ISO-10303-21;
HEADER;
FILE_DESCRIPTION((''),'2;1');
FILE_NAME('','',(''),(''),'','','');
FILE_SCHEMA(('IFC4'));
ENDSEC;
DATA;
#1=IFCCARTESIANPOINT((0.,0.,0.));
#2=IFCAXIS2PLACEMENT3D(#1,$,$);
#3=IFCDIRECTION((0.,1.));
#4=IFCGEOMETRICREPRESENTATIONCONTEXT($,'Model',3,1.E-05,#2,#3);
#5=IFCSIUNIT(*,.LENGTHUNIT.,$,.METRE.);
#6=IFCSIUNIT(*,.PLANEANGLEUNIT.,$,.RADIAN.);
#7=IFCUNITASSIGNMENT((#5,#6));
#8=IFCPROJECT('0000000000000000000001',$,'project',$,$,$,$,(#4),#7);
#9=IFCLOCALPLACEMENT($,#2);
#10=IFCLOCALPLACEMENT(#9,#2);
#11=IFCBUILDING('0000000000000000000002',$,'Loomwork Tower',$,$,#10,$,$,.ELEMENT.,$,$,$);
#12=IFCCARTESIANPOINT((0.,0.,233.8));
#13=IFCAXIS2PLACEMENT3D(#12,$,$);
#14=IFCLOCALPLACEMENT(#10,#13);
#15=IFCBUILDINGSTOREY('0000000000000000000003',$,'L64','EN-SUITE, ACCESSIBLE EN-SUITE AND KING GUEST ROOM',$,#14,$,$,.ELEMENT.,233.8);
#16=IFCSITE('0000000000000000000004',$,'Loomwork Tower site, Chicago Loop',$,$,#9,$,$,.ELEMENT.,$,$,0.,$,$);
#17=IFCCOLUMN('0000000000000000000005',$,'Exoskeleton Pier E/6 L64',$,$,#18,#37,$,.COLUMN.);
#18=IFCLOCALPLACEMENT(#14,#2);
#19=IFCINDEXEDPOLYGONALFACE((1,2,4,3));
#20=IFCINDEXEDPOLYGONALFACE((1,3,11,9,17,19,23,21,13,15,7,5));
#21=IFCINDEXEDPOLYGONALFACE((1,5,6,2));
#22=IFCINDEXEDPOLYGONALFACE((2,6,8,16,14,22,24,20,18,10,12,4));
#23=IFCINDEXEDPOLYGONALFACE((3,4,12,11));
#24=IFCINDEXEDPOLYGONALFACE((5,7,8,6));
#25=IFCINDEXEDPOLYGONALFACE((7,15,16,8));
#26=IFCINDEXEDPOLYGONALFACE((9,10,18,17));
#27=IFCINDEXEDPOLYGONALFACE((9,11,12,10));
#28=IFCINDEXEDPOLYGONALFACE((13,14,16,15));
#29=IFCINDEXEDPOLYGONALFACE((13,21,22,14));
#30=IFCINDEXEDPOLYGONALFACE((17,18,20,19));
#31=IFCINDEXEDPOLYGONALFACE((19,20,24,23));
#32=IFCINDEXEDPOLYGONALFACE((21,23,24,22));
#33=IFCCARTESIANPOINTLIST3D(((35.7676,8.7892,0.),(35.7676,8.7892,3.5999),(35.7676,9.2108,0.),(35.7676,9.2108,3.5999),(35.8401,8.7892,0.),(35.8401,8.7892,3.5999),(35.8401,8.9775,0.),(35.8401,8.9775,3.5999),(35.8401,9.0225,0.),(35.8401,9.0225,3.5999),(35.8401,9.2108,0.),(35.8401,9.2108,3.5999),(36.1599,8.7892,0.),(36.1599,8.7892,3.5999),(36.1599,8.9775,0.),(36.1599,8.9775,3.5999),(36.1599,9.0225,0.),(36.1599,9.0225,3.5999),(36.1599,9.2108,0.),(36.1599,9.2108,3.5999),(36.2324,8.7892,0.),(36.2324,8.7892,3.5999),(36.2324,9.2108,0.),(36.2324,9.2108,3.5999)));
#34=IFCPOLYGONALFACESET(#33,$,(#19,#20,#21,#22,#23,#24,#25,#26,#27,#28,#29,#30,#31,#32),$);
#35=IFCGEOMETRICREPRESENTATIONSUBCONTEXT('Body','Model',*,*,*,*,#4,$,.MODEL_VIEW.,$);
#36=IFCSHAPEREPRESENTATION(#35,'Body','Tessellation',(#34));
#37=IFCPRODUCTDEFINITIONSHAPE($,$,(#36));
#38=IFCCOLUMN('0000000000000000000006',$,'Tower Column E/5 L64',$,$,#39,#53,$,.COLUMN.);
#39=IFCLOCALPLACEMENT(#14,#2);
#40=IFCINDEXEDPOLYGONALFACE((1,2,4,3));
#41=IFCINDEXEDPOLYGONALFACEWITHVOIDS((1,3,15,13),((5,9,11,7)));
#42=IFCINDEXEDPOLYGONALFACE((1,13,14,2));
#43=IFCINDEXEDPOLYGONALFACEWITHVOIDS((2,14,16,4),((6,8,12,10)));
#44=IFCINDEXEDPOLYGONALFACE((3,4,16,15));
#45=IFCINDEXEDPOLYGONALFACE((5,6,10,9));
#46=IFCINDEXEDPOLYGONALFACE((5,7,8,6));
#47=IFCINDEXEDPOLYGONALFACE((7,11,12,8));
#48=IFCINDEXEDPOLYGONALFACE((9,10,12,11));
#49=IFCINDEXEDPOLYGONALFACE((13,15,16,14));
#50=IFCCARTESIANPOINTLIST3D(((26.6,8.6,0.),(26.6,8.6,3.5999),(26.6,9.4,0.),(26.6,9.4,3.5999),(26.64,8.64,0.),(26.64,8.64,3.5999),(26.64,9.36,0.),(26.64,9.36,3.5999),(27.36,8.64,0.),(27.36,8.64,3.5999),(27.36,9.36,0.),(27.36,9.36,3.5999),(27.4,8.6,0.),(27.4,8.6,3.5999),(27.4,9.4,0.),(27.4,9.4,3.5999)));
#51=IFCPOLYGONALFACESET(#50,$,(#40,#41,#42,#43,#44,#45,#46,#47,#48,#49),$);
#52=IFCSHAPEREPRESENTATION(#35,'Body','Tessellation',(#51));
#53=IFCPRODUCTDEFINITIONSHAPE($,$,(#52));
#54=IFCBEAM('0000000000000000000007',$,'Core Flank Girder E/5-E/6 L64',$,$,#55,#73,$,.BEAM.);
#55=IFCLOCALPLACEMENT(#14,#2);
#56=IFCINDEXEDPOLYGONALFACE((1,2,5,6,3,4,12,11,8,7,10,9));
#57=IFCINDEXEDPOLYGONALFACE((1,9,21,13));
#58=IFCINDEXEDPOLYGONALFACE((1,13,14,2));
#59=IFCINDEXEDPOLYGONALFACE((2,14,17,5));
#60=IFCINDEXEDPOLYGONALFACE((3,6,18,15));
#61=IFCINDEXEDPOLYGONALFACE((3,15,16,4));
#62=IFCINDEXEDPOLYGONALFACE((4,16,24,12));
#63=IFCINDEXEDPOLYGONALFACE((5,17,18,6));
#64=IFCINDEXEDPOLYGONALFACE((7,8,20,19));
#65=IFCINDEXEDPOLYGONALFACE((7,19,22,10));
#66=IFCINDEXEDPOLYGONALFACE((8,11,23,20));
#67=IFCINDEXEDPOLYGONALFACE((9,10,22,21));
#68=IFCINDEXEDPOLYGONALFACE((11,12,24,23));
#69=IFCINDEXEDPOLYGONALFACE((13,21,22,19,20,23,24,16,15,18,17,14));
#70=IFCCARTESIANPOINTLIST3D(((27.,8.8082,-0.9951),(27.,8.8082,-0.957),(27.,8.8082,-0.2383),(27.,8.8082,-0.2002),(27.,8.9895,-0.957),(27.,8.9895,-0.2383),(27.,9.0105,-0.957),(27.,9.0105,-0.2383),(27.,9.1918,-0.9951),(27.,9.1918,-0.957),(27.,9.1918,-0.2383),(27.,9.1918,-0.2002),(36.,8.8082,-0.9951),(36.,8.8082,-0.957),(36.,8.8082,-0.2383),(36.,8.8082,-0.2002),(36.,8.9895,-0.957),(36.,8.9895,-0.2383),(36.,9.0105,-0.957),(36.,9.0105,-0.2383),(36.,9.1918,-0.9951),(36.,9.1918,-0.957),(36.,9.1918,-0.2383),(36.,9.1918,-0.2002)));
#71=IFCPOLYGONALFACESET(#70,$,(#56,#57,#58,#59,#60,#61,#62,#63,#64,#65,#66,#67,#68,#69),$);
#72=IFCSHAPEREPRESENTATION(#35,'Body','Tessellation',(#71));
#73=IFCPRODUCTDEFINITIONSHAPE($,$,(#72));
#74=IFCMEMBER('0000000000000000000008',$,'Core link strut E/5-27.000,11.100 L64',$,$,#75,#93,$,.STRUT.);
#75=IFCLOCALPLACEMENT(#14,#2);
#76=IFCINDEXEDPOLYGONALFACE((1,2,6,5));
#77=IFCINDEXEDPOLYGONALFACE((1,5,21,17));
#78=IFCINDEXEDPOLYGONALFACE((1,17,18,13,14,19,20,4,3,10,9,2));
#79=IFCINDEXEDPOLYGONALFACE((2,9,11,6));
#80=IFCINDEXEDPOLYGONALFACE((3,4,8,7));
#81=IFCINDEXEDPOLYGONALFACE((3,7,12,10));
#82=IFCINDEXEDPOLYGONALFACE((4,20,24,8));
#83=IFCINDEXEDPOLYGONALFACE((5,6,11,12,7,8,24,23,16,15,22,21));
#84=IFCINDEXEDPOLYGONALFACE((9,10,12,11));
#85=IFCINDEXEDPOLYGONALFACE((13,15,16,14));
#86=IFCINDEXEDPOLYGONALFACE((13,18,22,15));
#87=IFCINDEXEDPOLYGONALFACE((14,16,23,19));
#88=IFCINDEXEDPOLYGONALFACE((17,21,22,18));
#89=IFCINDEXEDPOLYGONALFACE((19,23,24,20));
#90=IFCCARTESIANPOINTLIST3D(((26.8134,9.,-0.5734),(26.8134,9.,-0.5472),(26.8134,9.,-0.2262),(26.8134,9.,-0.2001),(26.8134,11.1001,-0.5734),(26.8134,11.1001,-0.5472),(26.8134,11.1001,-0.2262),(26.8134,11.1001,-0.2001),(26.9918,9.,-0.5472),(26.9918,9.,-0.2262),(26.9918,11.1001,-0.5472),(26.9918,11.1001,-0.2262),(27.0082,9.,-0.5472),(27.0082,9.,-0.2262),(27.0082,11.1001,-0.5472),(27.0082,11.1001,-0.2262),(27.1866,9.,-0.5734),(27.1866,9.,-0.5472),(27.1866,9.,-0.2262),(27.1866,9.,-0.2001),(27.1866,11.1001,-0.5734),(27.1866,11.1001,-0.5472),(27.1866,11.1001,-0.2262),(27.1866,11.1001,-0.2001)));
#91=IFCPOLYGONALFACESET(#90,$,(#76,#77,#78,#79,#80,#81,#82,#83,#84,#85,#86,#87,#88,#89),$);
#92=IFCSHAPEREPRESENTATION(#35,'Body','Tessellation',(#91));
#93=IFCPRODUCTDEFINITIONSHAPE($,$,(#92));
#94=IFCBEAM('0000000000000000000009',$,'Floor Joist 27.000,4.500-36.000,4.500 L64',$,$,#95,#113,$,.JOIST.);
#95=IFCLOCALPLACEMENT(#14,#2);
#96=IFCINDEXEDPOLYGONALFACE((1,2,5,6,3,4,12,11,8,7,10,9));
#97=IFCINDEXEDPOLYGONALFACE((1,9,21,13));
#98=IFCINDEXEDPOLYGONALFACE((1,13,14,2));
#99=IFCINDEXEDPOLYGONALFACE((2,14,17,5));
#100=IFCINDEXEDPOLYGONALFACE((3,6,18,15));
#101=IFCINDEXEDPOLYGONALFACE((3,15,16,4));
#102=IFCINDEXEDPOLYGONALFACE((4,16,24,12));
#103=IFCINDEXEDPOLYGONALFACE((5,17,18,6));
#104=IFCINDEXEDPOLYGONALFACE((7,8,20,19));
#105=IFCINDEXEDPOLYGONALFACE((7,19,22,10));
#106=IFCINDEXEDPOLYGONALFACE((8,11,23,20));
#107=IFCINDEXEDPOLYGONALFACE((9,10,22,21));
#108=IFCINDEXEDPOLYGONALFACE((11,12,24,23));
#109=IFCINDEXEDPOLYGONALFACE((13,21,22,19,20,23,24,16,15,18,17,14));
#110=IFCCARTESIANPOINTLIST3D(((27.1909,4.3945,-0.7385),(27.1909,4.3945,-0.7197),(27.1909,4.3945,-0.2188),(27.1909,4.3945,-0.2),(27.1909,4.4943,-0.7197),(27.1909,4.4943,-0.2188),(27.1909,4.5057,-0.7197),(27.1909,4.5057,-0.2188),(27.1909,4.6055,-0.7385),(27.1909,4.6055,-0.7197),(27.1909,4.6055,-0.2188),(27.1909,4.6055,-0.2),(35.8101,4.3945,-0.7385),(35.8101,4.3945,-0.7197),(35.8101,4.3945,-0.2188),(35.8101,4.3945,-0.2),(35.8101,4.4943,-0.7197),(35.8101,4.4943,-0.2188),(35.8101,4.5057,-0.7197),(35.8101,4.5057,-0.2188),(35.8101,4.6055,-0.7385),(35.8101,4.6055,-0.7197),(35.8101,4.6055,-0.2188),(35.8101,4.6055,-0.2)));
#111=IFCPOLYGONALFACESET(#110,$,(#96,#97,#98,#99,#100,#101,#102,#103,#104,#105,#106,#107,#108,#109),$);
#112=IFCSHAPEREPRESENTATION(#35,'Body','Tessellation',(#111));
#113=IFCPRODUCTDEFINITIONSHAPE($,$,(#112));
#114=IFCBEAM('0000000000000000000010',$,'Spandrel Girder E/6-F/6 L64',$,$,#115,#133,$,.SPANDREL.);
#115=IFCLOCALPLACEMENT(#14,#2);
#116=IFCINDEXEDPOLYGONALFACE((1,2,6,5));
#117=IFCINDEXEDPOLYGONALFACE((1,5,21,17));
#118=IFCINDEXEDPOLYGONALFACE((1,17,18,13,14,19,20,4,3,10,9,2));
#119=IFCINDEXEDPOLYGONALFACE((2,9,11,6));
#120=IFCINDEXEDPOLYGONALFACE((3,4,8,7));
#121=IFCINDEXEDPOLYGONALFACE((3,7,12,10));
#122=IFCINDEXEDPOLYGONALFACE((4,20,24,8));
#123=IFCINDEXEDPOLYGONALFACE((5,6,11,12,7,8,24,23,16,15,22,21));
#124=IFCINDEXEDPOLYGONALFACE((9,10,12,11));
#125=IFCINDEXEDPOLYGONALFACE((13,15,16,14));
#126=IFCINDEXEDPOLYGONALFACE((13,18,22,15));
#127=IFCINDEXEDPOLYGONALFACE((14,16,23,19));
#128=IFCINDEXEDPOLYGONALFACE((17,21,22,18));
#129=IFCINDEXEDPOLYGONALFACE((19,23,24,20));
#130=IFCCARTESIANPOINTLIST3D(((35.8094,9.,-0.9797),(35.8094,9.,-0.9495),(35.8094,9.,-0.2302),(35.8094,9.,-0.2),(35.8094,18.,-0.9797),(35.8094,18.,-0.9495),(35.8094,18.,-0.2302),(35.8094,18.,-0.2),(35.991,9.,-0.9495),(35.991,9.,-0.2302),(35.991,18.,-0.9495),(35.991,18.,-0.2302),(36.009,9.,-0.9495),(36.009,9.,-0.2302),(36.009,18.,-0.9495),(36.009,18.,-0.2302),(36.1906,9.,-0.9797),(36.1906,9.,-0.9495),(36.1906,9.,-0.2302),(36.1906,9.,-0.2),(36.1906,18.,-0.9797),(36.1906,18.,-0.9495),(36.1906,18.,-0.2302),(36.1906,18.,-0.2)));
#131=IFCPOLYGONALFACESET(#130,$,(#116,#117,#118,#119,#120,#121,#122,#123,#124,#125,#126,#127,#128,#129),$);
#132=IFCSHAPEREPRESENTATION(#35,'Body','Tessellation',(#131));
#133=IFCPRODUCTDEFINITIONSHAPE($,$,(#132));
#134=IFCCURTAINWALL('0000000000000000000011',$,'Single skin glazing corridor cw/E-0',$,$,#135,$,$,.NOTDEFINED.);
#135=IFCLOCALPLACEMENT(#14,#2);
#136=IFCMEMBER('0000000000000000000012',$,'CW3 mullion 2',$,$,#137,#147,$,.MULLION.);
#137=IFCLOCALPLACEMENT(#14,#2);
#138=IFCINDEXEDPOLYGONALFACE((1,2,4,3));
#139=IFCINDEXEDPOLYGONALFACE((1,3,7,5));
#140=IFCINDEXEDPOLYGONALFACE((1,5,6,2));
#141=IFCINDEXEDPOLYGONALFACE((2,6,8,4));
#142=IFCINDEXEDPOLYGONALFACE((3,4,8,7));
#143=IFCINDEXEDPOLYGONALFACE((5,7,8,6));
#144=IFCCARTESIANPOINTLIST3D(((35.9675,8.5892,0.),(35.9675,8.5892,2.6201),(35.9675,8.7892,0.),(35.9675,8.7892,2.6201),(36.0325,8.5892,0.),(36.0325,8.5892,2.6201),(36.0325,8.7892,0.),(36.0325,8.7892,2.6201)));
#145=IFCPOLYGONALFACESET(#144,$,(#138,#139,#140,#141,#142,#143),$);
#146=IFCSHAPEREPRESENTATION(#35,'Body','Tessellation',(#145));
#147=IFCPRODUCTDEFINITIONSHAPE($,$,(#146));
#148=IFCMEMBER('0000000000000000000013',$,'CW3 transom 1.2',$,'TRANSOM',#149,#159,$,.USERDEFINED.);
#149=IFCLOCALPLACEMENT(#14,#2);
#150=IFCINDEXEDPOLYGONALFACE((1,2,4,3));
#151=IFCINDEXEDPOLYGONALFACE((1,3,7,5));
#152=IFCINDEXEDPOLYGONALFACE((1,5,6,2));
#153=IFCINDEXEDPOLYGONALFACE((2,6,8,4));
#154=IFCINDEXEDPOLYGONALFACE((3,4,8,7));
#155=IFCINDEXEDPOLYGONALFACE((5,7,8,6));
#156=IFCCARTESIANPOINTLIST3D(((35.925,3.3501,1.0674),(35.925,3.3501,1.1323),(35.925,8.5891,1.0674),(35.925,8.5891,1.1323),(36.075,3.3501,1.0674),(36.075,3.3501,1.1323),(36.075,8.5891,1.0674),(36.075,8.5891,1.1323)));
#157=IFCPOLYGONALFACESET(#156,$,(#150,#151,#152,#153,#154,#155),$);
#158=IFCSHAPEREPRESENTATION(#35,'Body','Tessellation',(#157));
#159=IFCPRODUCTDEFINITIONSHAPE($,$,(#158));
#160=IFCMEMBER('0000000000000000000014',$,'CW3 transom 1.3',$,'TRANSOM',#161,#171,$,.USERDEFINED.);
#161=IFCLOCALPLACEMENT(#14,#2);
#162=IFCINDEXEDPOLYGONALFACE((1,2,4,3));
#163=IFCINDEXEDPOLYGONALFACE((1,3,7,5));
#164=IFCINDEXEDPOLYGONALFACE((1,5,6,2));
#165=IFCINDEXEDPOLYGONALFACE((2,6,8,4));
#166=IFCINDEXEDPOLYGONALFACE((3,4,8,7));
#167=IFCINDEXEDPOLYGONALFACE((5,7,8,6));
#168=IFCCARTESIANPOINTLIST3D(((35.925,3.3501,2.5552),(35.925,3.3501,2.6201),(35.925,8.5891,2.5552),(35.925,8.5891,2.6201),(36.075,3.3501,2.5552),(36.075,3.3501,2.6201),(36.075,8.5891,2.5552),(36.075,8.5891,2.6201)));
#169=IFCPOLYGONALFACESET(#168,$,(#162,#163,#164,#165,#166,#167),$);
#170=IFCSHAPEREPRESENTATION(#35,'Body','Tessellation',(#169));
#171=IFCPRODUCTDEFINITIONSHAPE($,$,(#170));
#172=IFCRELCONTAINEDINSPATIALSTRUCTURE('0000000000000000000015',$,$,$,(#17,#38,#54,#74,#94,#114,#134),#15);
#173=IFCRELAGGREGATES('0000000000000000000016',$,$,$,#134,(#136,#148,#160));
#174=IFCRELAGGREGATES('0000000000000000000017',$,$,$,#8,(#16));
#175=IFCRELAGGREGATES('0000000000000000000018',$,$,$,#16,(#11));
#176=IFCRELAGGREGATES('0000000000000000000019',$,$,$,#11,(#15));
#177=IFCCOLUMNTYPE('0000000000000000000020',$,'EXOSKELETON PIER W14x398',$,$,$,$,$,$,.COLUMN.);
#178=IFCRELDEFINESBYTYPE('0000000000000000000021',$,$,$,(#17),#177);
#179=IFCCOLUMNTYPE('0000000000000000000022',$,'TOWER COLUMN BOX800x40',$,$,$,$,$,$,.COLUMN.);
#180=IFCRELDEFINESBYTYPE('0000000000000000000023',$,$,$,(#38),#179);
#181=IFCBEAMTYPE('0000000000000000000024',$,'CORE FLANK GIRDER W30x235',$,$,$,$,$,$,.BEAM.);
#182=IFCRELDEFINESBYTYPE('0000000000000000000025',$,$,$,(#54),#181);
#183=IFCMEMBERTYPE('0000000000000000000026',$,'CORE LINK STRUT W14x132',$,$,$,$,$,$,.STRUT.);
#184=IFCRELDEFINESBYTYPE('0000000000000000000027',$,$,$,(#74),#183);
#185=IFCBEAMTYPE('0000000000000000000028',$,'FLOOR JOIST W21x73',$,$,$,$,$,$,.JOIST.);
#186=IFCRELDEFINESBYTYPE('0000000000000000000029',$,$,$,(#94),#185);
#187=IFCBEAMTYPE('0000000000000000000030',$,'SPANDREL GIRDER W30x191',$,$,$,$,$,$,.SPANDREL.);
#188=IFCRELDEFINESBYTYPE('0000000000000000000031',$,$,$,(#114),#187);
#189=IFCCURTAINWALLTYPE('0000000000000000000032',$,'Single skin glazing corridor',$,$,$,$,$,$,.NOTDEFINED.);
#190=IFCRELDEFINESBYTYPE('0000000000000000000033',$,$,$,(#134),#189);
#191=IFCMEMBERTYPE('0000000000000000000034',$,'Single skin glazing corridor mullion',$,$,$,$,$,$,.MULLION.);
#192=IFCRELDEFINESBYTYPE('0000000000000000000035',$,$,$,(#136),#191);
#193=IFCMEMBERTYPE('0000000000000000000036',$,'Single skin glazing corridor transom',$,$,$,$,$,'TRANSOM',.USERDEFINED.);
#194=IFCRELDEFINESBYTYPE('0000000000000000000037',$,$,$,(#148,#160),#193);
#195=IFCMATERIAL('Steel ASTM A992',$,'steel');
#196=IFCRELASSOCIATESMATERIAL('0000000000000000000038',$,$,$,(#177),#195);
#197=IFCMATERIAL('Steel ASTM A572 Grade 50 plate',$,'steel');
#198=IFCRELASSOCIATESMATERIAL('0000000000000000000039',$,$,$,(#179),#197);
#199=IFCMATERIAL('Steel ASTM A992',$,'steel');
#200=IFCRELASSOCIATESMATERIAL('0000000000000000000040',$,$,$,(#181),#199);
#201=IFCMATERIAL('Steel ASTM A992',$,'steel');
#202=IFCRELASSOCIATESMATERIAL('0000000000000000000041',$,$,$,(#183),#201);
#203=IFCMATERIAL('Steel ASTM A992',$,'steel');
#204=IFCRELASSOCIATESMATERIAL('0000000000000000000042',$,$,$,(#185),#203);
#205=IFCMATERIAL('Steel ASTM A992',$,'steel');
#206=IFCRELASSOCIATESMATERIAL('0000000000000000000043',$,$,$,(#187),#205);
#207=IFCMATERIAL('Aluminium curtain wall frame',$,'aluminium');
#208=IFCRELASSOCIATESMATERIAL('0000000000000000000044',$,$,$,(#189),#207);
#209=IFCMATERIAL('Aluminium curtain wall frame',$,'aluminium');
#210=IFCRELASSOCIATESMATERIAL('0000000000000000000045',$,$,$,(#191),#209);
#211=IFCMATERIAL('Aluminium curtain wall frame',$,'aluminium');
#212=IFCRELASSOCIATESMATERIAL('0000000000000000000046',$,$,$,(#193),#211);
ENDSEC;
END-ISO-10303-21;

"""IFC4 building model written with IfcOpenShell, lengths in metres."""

from ifc_helpers import new_model, si_unit, direction, frame, origin, origin_2d, place, context, subcontext, project, spatial, rectangle, hollow_rectangle, i_section, extrude, material, material_profile, profile_set, type_object, element, aggregate, save


model = new_model("IFC4")

# Units and contexts
model_context = context("Model", 3, precision=1e-05, world=origin(), true_north=direction((0.0, 1.0)))
body_context = subcontext(model_context, "Body", "Model", "MODEL_VIEW")
ifc_project = project(units=[si_unit("LENGTHUNIT", "METRE"), si_unit("PLANEANGLEUNIT", "RADIAN")], contexts=[model_context])

# Site, building, storey
site_placement = place(None, origin())
site = spatial("IfcSite", under=ifc_project, at=site_placement, Name="Loomwork Tower site, Chicago Loop", CompositionType="ELEMENT", RefElevation=0.0)
building_placement = place(site_placement, origin())
building = spatial("IfcBuilding", under=site, at=building_placement, Name="Loomwork Tower", CompositionType="ELEMENT")
storey_placement = place(building_placement, frame((0.0, 0.0, 233.8)))
storey = spatial("IfcBuildingStorey", under=building, at=storey_placement, Name="L64", Description="EN-SUITE, ACCESSIBLE EN-SUITE AND KING GUEST ROOM", CompositionType="ELEMENT", Elevation=233.8)

# Columns
ifc_material_1 = material(Name="Steel ASTM A992", Category="steel")
ifc_material_profile_1 = material_profile(ifc_material_1, i_section(OverallWidth=0.4216, OverallDepth=0.4648, WebThickness=0.0449, FlangeThickness=0.0725, at=origin_2d()), Name="W14x398")
ifc_profile_set_1 = profile_set([ifc_material_profile_1], Name="Steel ASTM A992")
column_type_1 = type_object("IfcColumnType", Name="EXOSKELETON PIER W14x398", PredefinedType="COLUMN", material=ifc_profile_set_1)
column_1_placement = place(storey_placement, frame((36.0, 9.0, 0.0), z_axis=(0.0, 0.0, 1.0), x_axis=(0.0, 1.0, 0.0)))
element("IfcColumn", 1, at=column_1_placement, inside=storey, type_object=column_type_1, Name="Exoskeleton Pier E/6 L64", PredefinedType="COLUMN", context=body_context, shape_type="SweptSolid", body=[
    extrude(i_section(OverallWidth=0.4216, OverallDepth=0.4648, WebThickness=0.0449, FlangeThickness=0.0725, at=origin_2d()), origin(), (0.0, 0.0, 1.0), 3.5999),
])
ifc_material_2 = material(Name="Steel ASTM A572 Grade 50 plate", Category="steel")
ifc_material_profile_2 = material_profile(ifc_material_2, hollow_rectangle(XDim=0.8, YDim=0.8, WallThickness=0.04, at=origin_2d()), Name="BOX800x40")
ifc_profile_set_2 = profile_set([ifc_material_profile_2], Name="Steel ASTM A572 Grade 50 plate")
column_type_2 = type_object("IfcColumnType", Name="TOWER COLUMN BOX800x40", PredefinedType="COLUMN", material=ifc_profile_set_2)
column_2_placement = place(storey_placement, frame((27.0, 9.0, 0.0), z_axis=(0.0, 0.0, 1.0), x_axis=(1.0, 0.0, 0.0)))
element("IfcColumn", 2, at=column_2_placement, inside=storey, type_object=column_type_2, Name="Tower Column E/5 L64", PredefinedType="COLUMN", context=body_context, shape_type="SweptSolid", body=[
    extrude(hollow_rectangle(XDim=0.8, YDim=0.8, WallThickness=0.04, at=origin_2d()), origin(), (0.0, 0.0, 1.0), 3.5999),
])

# Beam
ifc_material_3 = material(Name="Steel ASTM A992", Category="steel")
ifc_material_profile_3 = material_profile(ifc_material_3, i_section(OverallWidth=0.3835, OverallDepth=0.7949, WebThickness=0.021, FlangeThickness=0.0381, at=origin_2d()), Name="W30x235")
ifc_profile_set_3 = profile_set([ifc_material_profile_3], Name="Steel ASTM A992")
beam_type_1 = type_object("IfcBeamType", Name="CORE FLANK GIRDER W30x235", PredefinedType="BEAM", material=ifc_profile_set_3)
beam_1_placement = place(storey_placement, frame((27.0, 9.0, -0.5977), z_axis=(1.0, 0.0, 0.0), x_axis=(0.0, 1.0, 0.0)))
element("IfcBeam", 3, at=beam_1_placement, inside=storey, type_object=beam_type_1, Name="Core Flank Girder E/5-E/6 L64", PredefinedType="BEAM", context=body_context, shape_type="SweptSolid", body=[
    extrude(i_section(OverallWidth=0.3835, OverallDepth=0.7949, WebThickness=0.021, FlangeThickness=0.0381, at=origin_2d()), origin(), (0.0, 0.0, 1.0), 9.0),
])

# Member
ifc_material_4 = material(Name="Steel ASTM A992", Category="steel")
ifc_material_profile_4 = material_profile(ifc_material_4, i_section(OverallWidth=0.3733, OverallDepth=0.3733, WebThickness=0.0164, FlangeThickness=0.0261, at=origin_2d()), Name="W14x132")
ifc_profile_set_4 = profile_set([ifc_material_profile_4], Name="Steel ASTM A992")
member_type_1 = type_object("IfcMemberType", Name="CORE LINK STRUT W14x132", PredefinedType="STRUT", material=ifc_profile_set_4)
member_1_placement = place(storey_placement, frame((27.0, 9.0, -0.3867), z_axis=(0.0, 1.0, 0.0), x_axis=(-1.0, 0.0, 0.0)))
element("IfcMember", 4, at=member_1_placement, inside=storey, type_object=member_type_1, Name="Core link strut E/5-27.000,11.100 L64", PredefinedType="STRUT", context=body_context, shape_type="SweptSolid", body=[
    extrude(i_section(OverallWidth=0.3733, OverallDepth=0.3733, WebThickness=0.0164, FlangeThickness=0.0261, at=origin_2d()), origin(), (0.0, 0.0, 1.0), 2.1001),
])

# Beams
ifc_material_5 = material(Name="Steel ASTM A992", Category="steel")
ifc_material_profile_5 = material_profile(ifc_material_5, i_section(OverallWidth=0.2109, OverallDepth=0.5386, WebThickness=0.0115, FlangeThickness=0.0188, at=origin_2d()), Name="W21x73")
ifc_profile_set_5 = profile_set([ifc_material_profile_5], Name="Steel ASTM A992")
beam_type_2 = type_object("IfcBeamType", Name="FLOOR JOIST W21x73", PredefinedType="JOIST", material=ifc_profile_set_5)
beam_2_placement = place(storey_placement, frame((27.1909, 4.5, -0.4692), z_axis=(1.0, 0.0, 0.0), x_axis=(0.0, 1.0, 0.0)))
element("IfcBeam", 5, at=beam_2_placement, inside=storey, type_object=beam_type_2, Name="Floor Joist 27.000,4.500-36.000,4.500 L64", PredefinedType="JOIST", context=body_context, shape_type="SweptSolid", body=[
    extrude(i_section(OverallWidth=0.2109, OverallDepth=0.5386, WebThickness=0.0115, FlangeThickness=0.0188, at=origin_2d()), origin(), (0.0, 0.0, 1.0), 8.6191),
])
ifc_material_6 = material(Name="Steel ASTM A992", Category="steel")
ifc_material_profile_6 = material_profile(ifc_material_6, i_section(OverallWidth=0.3811, OverallDepth=0.7798, WebThickness=0.0181, FlangeThickness=0.0303, at=origin_2d()), Name="W30x191")
ifc_profile_set_6 = profile_set([ifc_material_profile_6], Name="Steel ASTM A992")
beam_type_3 = type_object("IfcBeamType", Name="SPANDREL GIRDER W30x191", PredefinedType="SPANDREL", material=ifc_profile_set_6)
beam_3_placement = place(storey_placement, frame((36.0, 9.0, -0.5898), z_axis=(0.0, 1.0, 0.0), x_axis=(-1.0, 0.0, 0.0)))
element("IfcBeam", 6, at=beam_3_placement, inside=storey, type_object=beam_type_3, Name="Spandrel Girder E/6-F/6 L64", PredefinedType="SPANDREL", context=body_context, shape_type="SweptSolid", body=[
    extrude(i_section(OverallWidth=0.3811, OverallDepth=0.7798, WebThickness=0.0181, FlangeThickness=0.0303, at=origin_2d()), origin(), (0.0, 0.0, 1.0), 9.0),
])

# Curtain wall, members
ifc_material_7 = material(Name="Aluminium curtain wall frame", Category="aluminium")
curtain_wall_type = type_object("IfcCurtainWallType", Name="Single skin glazing corridor", PredefinedType="NOTDEFINED", material=ifc_material_7)
curtain_wall_placement = place(storey_placement, origin())
curtain_wall = element("IfcCurtainWall", 7, at=curtain_wall_placement, inside=storey, type_object=curtain_wall_type, Name="Single skin glazing corridor cw/E-0", PredefinedType="NOTDEFINED")
ifc_material_8 = material(Name="Aluminium curtain wall frame", Category="aluminium")
ifc_material_profile_7 = material_profile(ifc_material_8, rectangle(XDim=0.0649, YDim=0.2, at=origin_2d()), Name="AL 65x200")
ifc_profile_set_7 = profile_set([ifc_material_profile_7], Name="Aluminium curtain wall frame")
member_type_2 = type_object("IfcMemberType", Name="Single skin glazing corridor mullion", PredefinedType="MULLION", material=ifc_profile_set_7)
member_2_placement = place(storey_placement, frame((36.0, 8.6892, 0.0), z_axis=(0.0, 0.0, 1.0), x_axis=(-1.0, 0.0, 0.0)))
member_2 = element("IfcMember", 8, at=member_2_placement, type_object=member_type_2, Name="CW3 mullion 2", PredefinedType="MULLION", context=body_context, shape_type="SweptSolid", body=[
    extrude(rectangle(XDim=0.0649, YDim=0.2, at=origin_2d()), origin(), (0.0, 0.0, 1.0), 2.6201),
])
ifc_material_9 = material(Name="Aluminium curtain wall frame", Category="aluminium")
ifc_material_profile_8 = material_profile(ifc_material_9, rectangle(XDim=0.1499, YDim=0.0649, at=origin_2d()), Name="AL 65x150")
ifc_profile_set_8 = profile_set([ifc_material_profile_8], Name="Aluminium curtain wall frame")
member_type_3 = type_object("IfcMemberType", Name="Single skin glazing corridor transom", ElementType="TRANSOM", PredefinedType="USERDEFINED", material=ifc_profile_set_8)
member_3_placement = place(storey_placement, frame((36.0, 3.3501, 1.0999), z_axis=(0.0, 1.0, 0.0), x_axis=(-1.0, 0.0, 0.0)))
member_3 = element("IfcMember", 9, at=member_3_placement, type_object=member_type_3, Name="CW3 transom 1.2", ObjectType="TRANSOM", PredefinedType="USERDEFINED", context=body_context, shape_type="SweptSolid", body=[
    extrude(rectangle(XDim=0.1499, YDim=0.0649, at=origin_2d()), origin(), (0.0, 0.0, 1.0), 5.239),
])
member_4_placement = place(storey_placement, frame((36.0, 3.3501, 2.5876), z_axis=(0.0, 1.0, 0.0), x_axis=(-1.0, 0.0, 0.0)))
member_4 = element("IfcMember", 10, at=member_4_placement, type_object=member_type_3, Name="CW3 transom 1.3", ObjectType="TRANSOM", PredefinedType="USERDEFINED", context=body_context, shape_type="SweptSolid", body=[
    extrude(rectangle(XDim=0.1499, YDim=0.0649, at=origin_2d()), origin(), (0.0, 0.0, 1.0), 5.239),
])
aggregate(curtain_wall, [member_2, member_3, member_4])

save(model, "model.ifc")
